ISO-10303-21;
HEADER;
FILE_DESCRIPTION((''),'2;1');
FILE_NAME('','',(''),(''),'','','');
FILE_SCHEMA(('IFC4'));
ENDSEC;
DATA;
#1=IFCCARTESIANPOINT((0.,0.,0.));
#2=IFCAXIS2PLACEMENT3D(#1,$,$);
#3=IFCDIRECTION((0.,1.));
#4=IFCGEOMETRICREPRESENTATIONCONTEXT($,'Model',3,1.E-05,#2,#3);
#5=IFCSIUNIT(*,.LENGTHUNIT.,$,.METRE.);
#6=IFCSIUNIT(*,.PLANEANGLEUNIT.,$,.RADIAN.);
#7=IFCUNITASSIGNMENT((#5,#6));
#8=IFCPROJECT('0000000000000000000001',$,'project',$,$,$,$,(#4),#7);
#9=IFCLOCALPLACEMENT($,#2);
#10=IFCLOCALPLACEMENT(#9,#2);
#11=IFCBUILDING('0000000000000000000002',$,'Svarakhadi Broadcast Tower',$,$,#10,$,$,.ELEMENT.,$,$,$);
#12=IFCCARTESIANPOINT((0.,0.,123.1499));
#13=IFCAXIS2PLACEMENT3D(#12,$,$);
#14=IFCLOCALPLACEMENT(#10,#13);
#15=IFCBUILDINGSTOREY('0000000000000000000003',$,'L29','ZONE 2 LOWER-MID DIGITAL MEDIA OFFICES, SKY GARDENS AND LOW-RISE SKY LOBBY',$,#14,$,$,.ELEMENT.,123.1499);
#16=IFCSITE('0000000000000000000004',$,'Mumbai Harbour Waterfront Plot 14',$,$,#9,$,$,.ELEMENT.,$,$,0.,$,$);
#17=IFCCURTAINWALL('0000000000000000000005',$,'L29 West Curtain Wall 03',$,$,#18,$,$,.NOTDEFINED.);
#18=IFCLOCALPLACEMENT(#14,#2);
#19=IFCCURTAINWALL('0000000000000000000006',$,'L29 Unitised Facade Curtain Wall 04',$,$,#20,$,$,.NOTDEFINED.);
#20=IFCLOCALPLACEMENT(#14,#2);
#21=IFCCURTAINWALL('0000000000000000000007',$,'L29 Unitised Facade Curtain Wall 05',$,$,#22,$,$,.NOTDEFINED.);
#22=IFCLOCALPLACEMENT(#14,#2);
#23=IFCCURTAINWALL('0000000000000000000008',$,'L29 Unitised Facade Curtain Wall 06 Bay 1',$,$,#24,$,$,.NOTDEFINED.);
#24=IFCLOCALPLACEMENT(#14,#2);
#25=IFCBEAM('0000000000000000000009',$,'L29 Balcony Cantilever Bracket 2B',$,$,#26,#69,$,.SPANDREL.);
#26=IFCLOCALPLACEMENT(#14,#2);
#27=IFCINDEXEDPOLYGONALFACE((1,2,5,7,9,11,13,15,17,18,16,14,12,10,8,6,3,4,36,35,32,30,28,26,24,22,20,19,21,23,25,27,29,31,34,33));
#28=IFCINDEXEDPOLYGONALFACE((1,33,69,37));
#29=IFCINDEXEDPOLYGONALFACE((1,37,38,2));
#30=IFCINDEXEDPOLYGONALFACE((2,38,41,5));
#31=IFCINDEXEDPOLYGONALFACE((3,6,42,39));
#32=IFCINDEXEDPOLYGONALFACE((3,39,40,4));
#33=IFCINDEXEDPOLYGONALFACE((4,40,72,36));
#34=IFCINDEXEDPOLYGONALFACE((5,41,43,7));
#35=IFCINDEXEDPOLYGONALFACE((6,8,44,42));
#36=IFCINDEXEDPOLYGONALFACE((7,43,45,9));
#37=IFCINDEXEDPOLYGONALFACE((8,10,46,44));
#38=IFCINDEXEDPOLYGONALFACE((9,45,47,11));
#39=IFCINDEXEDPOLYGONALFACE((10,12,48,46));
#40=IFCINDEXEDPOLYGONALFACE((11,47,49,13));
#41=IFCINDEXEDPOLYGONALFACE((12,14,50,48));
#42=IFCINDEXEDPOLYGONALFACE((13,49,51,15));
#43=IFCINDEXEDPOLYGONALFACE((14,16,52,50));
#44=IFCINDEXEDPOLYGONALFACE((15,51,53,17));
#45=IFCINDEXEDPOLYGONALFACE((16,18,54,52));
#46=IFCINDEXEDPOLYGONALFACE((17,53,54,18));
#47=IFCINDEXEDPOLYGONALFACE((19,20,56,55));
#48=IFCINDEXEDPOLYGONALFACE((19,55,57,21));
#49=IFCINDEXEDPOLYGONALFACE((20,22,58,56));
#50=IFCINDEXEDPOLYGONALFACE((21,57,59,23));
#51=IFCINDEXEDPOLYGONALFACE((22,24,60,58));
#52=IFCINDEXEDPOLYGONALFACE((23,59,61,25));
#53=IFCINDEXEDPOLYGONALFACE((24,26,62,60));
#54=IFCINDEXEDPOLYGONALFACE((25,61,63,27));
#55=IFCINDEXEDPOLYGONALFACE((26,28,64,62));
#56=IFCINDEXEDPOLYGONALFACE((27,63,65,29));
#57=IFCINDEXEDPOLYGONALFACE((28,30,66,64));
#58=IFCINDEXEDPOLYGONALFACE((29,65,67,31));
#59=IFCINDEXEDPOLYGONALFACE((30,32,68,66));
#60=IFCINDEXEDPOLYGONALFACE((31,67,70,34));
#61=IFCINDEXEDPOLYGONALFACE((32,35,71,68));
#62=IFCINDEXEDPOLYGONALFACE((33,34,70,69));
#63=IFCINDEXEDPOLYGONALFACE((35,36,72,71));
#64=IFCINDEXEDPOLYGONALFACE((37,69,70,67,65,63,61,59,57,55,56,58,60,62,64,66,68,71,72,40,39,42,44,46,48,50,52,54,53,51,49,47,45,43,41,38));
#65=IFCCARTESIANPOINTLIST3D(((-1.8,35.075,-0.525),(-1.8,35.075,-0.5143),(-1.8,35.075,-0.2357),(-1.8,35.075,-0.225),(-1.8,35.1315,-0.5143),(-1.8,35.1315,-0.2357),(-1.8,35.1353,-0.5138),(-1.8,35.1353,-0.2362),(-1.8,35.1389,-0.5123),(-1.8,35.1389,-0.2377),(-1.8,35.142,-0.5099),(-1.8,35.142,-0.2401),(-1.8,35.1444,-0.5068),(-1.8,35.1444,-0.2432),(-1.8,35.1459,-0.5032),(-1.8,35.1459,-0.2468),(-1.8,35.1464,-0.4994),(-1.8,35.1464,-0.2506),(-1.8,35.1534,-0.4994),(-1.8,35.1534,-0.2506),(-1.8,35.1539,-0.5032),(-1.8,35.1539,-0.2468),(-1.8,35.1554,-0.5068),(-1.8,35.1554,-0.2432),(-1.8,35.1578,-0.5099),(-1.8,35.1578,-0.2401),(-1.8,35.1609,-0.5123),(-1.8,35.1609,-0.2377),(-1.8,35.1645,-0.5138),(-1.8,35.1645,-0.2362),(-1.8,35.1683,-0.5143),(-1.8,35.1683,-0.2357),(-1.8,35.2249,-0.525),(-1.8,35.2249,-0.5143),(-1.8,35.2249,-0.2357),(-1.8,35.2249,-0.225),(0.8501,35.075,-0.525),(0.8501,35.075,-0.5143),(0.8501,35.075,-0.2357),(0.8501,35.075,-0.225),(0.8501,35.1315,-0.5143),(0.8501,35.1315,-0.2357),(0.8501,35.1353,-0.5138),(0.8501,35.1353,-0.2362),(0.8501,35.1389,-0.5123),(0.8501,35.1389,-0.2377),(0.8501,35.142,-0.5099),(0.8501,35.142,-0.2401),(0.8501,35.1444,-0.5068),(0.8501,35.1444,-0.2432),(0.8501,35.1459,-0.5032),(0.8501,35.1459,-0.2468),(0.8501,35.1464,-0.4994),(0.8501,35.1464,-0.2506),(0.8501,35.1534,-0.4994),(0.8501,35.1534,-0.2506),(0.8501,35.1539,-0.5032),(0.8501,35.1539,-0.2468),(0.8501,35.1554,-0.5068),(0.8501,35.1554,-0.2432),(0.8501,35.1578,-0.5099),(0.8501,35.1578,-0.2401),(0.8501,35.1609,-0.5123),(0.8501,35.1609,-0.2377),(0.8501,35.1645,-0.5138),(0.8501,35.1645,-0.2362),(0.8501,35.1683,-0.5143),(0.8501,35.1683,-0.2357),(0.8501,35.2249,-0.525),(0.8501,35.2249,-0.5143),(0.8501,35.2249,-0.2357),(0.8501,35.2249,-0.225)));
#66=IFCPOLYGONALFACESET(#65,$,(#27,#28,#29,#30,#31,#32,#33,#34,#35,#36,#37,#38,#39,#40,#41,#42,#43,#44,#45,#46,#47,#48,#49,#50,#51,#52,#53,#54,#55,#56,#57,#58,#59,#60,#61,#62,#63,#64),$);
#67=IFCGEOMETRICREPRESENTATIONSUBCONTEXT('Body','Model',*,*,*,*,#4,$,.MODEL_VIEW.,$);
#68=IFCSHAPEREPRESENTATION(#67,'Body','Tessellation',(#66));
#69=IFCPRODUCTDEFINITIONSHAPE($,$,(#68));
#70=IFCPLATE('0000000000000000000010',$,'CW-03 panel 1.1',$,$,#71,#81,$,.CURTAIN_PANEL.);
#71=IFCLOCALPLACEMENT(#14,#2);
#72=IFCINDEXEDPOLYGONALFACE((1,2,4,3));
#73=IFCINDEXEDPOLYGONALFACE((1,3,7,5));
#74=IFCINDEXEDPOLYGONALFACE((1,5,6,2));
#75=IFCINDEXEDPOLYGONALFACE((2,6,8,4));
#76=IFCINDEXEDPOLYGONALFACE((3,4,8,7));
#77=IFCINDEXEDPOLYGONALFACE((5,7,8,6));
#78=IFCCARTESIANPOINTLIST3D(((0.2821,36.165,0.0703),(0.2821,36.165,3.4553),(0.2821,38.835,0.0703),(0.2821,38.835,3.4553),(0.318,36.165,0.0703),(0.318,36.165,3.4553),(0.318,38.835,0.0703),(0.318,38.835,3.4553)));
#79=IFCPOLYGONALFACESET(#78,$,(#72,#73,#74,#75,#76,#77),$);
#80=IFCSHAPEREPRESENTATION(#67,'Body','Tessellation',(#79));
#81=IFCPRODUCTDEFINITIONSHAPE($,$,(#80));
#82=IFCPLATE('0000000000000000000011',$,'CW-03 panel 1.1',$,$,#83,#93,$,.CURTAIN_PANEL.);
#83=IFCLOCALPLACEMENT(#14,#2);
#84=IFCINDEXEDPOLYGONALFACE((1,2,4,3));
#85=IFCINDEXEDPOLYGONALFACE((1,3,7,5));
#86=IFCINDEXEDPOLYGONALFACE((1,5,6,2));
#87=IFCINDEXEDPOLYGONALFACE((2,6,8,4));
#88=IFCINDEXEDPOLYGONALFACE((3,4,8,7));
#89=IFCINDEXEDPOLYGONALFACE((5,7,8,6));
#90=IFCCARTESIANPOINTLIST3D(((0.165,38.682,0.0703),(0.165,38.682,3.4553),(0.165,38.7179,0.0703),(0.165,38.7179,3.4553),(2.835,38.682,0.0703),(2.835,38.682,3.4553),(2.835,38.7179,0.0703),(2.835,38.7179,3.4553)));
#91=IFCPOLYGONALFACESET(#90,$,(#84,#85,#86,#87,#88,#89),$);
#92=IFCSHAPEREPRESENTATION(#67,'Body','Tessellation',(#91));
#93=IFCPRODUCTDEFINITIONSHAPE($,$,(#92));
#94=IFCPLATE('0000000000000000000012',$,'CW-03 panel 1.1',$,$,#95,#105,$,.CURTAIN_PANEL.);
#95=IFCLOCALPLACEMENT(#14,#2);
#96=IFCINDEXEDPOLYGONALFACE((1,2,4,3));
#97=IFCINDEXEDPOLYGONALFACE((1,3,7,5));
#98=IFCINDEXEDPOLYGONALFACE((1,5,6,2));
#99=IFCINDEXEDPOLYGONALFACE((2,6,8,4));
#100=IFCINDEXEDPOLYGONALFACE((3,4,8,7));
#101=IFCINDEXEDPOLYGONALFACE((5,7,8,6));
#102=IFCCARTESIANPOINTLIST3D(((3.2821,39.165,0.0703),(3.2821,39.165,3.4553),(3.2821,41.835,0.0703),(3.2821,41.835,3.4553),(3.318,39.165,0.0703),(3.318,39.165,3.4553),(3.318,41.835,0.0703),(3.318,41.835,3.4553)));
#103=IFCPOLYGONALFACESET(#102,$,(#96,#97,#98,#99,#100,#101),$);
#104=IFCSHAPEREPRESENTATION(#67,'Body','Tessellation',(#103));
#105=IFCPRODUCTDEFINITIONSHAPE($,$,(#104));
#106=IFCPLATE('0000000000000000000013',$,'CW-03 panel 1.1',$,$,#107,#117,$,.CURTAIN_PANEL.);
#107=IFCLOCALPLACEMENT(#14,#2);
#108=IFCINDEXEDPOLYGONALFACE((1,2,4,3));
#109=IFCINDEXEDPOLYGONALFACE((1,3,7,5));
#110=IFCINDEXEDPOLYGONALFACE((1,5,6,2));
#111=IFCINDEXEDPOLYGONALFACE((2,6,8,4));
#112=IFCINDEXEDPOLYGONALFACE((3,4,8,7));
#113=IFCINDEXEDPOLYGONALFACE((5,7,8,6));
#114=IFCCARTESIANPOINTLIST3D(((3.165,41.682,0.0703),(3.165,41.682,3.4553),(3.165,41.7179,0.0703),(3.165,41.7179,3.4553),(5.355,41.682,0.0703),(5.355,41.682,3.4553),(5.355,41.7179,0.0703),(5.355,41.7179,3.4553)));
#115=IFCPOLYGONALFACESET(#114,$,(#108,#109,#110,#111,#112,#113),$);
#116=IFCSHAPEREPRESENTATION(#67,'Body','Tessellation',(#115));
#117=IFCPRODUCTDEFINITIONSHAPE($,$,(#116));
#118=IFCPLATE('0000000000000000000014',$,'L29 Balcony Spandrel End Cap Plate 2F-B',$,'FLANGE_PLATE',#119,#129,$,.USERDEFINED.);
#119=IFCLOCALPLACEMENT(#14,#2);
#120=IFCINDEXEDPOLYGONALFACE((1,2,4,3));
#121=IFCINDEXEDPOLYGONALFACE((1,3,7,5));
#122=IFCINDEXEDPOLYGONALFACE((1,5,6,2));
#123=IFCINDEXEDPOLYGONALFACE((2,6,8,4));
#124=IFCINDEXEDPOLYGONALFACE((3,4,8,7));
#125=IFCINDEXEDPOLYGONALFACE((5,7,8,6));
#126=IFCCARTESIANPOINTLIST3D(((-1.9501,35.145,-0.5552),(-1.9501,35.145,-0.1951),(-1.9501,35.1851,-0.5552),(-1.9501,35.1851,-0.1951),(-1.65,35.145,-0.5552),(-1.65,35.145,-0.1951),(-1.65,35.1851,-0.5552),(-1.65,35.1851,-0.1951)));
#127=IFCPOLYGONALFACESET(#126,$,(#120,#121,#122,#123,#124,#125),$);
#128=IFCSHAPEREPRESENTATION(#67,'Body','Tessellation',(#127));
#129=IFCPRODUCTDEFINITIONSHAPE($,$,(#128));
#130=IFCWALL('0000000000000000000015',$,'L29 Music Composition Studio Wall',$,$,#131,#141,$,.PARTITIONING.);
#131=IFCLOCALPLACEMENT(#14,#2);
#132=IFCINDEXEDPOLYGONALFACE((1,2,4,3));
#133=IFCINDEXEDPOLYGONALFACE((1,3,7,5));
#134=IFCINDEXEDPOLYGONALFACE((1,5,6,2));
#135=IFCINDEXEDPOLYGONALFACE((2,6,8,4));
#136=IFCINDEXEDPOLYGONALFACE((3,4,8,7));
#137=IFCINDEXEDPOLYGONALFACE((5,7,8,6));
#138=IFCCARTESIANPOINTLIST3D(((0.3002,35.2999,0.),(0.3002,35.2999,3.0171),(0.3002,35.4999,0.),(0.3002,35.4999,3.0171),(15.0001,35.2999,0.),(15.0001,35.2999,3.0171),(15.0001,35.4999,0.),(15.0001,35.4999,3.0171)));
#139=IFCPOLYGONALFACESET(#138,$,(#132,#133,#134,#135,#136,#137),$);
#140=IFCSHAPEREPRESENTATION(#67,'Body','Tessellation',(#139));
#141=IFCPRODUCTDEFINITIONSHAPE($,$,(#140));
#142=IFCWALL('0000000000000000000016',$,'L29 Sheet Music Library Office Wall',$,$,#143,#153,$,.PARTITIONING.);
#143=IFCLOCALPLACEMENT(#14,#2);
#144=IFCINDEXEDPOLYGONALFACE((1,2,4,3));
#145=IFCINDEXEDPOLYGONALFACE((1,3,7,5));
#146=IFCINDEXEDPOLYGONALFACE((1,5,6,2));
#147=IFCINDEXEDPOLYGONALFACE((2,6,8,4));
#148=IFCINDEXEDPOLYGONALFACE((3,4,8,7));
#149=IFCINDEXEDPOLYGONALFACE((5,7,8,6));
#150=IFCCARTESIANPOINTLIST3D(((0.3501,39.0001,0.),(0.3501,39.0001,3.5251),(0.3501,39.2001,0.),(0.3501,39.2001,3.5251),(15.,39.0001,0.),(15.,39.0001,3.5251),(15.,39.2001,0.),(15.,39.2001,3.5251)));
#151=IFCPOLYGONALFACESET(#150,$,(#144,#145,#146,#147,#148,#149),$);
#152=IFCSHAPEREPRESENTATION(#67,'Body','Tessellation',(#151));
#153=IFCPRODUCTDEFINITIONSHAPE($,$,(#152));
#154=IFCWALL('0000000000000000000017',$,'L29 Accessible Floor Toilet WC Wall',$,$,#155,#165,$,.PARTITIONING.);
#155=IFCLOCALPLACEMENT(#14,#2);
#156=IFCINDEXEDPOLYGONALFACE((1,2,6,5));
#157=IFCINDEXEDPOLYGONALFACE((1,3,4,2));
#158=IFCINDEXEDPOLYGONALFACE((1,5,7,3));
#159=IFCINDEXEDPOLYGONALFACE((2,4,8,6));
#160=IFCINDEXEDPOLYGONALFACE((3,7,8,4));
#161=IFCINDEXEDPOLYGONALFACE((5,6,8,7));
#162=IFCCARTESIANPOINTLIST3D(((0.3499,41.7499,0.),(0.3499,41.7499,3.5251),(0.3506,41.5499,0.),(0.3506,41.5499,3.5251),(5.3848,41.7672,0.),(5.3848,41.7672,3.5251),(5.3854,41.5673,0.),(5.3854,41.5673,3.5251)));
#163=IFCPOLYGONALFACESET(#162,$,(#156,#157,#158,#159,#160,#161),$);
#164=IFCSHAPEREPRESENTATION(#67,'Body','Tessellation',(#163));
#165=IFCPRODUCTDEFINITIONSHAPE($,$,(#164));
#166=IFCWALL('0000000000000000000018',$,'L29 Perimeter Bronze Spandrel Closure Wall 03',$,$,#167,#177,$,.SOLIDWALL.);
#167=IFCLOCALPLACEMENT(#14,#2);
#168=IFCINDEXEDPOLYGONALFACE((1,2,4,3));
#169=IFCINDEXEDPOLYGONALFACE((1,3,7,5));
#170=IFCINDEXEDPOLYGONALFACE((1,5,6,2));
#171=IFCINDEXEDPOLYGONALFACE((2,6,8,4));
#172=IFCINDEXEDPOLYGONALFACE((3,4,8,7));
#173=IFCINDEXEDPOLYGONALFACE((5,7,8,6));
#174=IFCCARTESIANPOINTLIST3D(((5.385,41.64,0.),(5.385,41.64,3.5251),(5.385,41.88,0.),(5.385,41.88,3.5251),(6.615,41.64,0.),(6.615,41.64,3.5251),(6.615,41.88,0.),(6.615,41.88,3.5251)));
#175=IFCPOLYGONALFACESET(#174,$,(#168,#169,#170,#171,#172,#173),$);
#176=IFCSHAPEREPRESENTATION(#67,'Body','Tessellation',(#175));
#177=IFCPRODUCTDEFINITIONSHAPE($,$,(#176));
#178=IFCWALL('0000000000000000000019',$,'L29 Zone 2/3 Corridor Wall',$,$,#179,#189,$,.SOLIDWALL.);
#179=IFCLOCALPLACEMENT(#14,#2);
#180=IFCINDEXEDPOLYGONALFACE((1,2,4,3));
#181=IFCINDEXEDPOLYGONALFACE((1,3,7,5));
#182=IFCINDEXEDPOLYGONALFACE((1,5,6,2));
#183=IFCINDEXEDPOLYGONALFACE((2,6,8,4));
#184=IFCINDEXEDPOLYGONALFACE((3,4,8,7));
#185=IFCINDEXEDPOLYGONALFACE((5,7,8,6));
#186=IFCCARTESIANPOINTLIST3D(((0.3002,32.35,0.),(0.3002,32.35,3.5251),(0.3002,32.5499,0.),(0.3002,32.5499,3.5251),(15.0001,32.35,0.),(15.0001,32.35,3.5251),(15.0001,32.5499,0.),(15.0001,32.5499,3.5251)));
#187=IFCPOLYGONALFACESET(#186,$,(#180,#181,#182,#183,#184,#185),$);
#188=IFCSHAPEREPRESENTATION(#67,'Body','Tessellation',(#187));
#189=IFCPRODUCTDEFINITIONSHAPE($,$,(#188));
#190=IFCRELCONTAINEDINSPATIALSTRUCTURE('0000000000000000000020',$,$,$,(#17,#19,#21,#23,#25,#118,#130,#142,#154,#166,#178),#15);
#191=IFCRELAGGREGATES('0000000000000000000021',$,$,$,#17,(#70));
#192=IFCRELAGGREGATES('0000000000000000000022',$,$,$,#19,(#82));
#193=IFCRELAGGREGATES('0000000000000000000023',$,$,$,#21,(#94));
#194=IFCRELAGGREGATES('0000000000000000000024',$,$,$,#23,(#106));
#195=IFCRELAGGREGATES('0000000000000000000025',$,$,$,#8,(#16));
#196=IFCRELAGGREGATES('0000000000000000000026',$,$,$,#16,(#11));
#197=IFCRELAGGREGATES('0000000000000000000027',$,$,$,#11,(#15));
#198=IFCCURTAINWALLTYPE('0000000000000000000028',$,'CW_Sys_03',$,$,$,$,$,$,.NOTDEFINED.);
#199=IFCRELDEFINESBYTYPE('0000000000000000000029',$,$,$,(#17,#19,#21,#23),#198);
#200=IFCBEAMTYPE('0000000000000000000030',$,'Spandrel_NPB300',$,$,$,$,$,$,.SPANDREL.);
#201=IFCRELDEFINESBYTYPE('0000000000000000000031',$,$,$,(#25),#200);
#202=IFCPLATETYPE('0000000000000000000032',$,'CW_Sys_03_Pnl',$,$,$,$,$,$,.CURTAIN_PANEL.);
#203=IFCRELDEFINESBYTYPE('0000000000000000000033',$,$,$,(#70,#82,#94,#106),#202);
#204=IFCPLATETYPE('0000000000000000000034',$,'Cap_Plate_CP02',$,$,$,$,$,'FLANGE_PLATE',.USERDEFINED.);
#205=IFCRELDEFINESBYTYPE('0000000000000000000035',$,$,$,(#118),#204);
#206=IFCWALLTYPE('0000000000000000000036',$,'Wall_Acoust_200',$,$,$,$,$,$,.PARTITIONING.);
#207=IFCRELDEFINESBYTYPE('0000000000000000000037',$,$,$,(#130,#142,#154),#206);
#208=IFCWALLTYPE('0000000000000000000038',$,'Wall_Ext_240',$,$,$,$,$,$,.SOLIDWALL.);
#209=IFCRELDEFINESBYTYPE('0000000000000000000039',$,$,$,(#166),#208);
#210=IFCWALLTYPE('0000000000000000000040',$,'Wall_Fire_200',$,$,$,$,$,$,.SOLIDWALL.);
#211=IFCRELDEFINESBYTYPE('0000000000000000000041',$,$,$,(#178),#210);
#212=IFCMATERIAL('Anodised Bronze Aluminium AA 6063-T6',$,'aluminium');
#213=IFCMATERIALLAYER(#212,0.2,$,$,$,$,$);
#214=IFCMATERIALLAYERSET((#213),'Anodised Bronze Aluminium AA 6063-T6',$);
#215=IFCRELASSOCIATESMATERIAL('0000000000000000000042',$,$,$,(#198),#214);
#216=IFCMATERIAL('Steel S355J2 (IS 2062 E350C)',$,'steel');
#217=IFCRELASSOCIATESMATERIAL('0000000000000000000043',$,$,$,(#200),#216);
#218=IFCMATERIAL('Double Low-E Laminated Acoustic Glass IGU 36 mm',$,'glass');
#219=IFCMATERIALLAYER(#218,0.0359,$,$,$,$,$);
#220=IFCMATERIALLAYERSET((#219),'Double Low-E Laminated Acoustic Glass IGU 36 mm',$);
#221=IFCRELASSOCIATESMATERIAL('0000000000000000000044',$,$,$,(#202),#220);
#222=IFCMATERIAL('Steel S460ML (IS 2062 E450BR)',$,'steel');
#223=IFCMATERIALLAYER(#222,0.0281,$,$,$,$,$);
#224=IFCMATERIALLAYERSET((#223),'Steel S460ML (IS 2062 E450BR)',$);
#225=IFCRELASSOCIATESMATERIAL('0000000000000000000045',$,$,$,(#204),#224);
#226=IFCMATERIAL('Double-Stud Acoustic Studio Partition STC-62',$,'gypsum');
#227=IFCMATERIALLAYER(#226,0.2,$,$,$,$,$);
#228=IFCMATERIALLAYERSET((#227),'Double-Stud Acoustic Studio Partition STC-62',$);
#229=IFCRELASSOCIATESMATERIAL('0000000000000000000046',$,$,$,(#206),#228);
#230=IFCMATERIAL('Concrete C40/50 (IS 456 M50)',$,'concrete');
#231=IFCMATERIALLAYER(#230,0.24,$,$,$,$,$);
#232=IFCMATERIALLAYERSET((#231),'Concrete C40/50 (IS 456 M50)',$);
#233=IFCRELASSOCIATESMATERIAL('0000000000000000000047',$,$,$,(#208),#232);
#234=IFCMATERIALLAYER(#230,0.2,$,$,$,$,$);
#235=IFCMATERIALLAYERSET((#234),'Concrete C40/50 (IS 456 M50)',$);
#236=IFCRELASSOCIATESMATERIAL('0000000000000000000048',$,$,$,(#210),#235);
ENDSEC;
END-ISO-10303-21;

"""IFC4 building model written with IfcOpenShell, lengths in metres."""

from ifc_helpers import new_model, si_unit, direction, frame, frame_2d, origin, origin_2d, place, context, subcontext, project, spatial, rectangle, i_section, extrude, material, layer, layer_set, material_profile, profile_set, type_object, element, aggregate, save


model = new_model("IFC4")

# Units and contexts
model_context = context("Model", 3, precision=1e-05, world=origin(), true_north=direction((0.0, 1.0)))
body_context = subcontext(model_context, "Body", "Model", "MODEL_VIEW")
ifc_project = project(units=[si_unit("LENGTHUNIT", "METRE"), si_unit("PLANEANGLEUNIT", "RADIAN")], contexts=[model_context])

# Site, building, storey
site_placement = place(None, origin())
site = spatial("IfcSite", under=ifc_project, at=site_placement, Name="Mumbai Harbour Waterfront Plot 14", CompositionType="ELEMENT", RefElevation=0.0)
building_placement = place(site_placement, origin())
building = spatial("IfcBuilding", under=site, at=building_placement, Name="Svarakhadi Broadcast Tower", CompositionType="ELEMENT")
storey_placement = place(building_placement, frame((0.0, 0.0, 123.1499)))
storey = spatial("IfcBuildingStorey", under=building, at=storey_placement, Name="L29", Description="ZONE 2 LOWER-MID DIGITAL MEDIA OFFICES, SKY GARDENS AND LOW-RISE SKY LOBBY", CompositionType="ELEMENT", Elevation=123.1499)

# Curtain walls
ifc_material_1 = material(Name="Anodised Bronze Aluminium AA 6063-T6", Category="aluminium")
ifc_layer_1 = layer(ifc_material_1, 0.2)
ifc_layer_set_1 = layer_set([ifc_layer_1], Name="Anodised Bronze Aluminium AA 6063-T6")
curtain_wall_type = type_object("IfcCurtainWallType", Name="CW_Sys_03", PredefinedType="NOTDEFINED", material=ifc_layer_set_1)
curtain_wall_1_placement = place(storey_placement, origin())
curtain_wall_1 = element("IfcCurtainWall", 1, at=curtain_wall_1_placement, inside=storey, type_object=curtain_wall_type, Name="L29 West Curtain Wall 03", PredefinedType="NOTDEFINED")
curtain_wall_2_placement = place(storey_placement, origin())
curtain_wall_2 = element("IfcCurtainWall", 2, at=curtain_wall_2_placement, inside=storey, type_object=curtain_wall_type, Name="L29 Unitised Facade Curtain Wall 04", PredefinedType="NOTDEFINED")
curtain_wall_3_placement = place(storey_placement, origin())
curtain_wall_3 = element("IfcCurtainWall", 3, at=curtain_wall_3_placement, inside=storey, type_object=curtain_wall_type, Name="L29 Unitised Facade Curtain Wall 05", PredefinedType="NOTDEFINED")
curtain_wall_4_placement = place(storey_placement, origin())
curtain_wall_4 = element("IfcCurtainWall", 4, at=curtain_wall_4_placement, inside=storey, type_object=curtain_wall_type, Name="L29 Unitised Facade Curtain Wall 06 Bay 1", PredefinedType="NOTDEFINED")

# Beam
ifc_material_2 = material(Name="Steel S355J2 (IS 2062 E350C)", Category="steel")
ifc_material_profile_1 = material_profile(ifc_material_2, i_section(OverallWidth=0.1499, OverallDepth=0.3, WebThickness=0.0071, FlangeThickness=0.0107, FilletRadius=0.0149, at=origin_2d()), Name="NPB 300x150x37")
ifc_profile_set_1 = profile_set([ifc_material_profile_1], Name="Steel S355J2 (IS 2062 E350C)")
beam_type_1 = type_object("IfcBeamType", Name="Spandrel_NPB300", PredefinedType="SPANDREL", material=ifc_profile_set_1)
beam_1_placement = place(storey_placement, frame((0.8501, 35.1499, -0.375), z_axis=(-1.0, 0.0, 0.0), x_axis=(0.0, -1.0, 0.0)))
element("IfcBeam", 5, at=beam_1_placement, inside=storey, type_object=beam_type_1, Name="L29 Balcony Cantilever Bracket 2B", PredefinedType="SPANDREL", context=body_context, shape_type="SweptSolid", body=[
    extrude(i_section(OverallWidth=0.1499, OverallDepth=0.3, WebThickness=0.0071, FlangeThickness=0.0107, FilletRadius=0.0149, at=origin_2d()), origin(), (0.0, 0.0, 1.0), 2.6501),
])

# Plates
ifc_material_3 = material(Name="Double Low-E Laminated Acoustic Glass IGU 36 mm", Category="glass")
ifc_layer_2 = layer(ifc_material_3, 0.0359)
ifc_layer_set_2 = layer_set([ifc_layer_2], Name="Double Low-E Laminated Acoustic Glass IGU 36 mm")
plate_type_1 = type_object("IfcPlateType", Name="CW_Sys_03_Pnl", PredefinedType="CURTAIN_PANEL", material=ifc_layer_set_2)
plate_1_placement = place(storey_placement, frame((0.3, 37.5, 0.0703), z_axis=(0.0, 0.0, 1.0), x_axis=(0.0, 1.0, 0.0)))
plate_1 = element("IfcPlate", 6, at=plate_1_placement, type_object=plate_type_1, Name="CW-03 panel 1.1", PredefinedType="CURTAIN_PANEL", context=body_context, shape_type="SweptSolid", body=[
    extrude(rectangle(XDim=2.6699, YDim=0.0359, at=origin_2d()), origin(), (0.0, 0.0, 1.0), 3.385),
])
aggregate(curtain_wall_1, [plate_1])
plate_2_placement = place(storey_placement, frame((1.5, 38.7, 0.0703), z_axis=(0.0, 0.0, 1.0), x_axis=(1.0, 0.0, 0.0)))
plate_2 = element("IfcPlate", 7, at=plate_2_placement, type_object=plate_type_1, Name="CW-03 panel 1.1", PredefinedType="CURTAIN_PANEL", context=body_context, shape_type="SweptSolid", body=[
    extrude(rectangle(XDim=2.6699, YDim=0.0359, at=origin_2d()), origin(), (0.0, 0.0, 1.0), 3.385),
])
aggregate(curtain_wall_2, [plate_2])
plate_3_placement = place(storey_placement, frame((3.3, 40.5, 0.0703), z_axis=(0.0, 0.0, 1.0), x_axis=(0.0, 1.0, 0.0)))
plate_3 = element("IfcPlate", 8, at=plate_3_placement, type_object=plate_type_1, Name="CW-03 panel 1.1", PredefinedType="CURTAIN_PANEL", context=body_context, shape_type="SweptSolid", body=[
    extrude(rectangle(XDim=2.6699, YDim=0.0359, at=origin_2d()), origin(), (0.0, 0.0, 1.0), 3.385),
])
aggregate(curtain_wall_3, [plate_3])
plate_4_placement = place(storey_placement, frame((4.26, 41.7, 0.0703), z_axis=(0.0, 0.0, 1.0), x_axis=(1.0, 0.0, 0.0)))
plate_4 = element("IfcPlate", 9, at=plate_4_placement, type_object=plate_type_1, Name="CW-03 panel 1.1", PredefinedType="CURTAIN_PANEL", context=body_context, shape_type="SweptSolid", body=[
    extrude(rectangle(XDim=2.1899, YDim=0.0359, at=origin_2d()), origin(), (0.0, 0.0, 1.0), 3.385),
])
aggregate(curtain_wall_4, [plate_4])
ifc_material_4 = material(Name="Steel S460ML (IS 2062 E450BR)", Category="steel")
ifc_layer_3 = layer(ifc_material_4, 0.0281)
ifc_layer_set_3 = layer_set([ifc_layer_3], Name="Steel S460ML (IS 2062 E450BR)")
plate_type_2 = type_object("IfcPlateType", Name="Cap_Plate_CP02", ElementType="FLANGE_PLATE", PredefinedType="USERDEFINED", material=ifc_layer_set_3)
plate_5_placement = place(storey_placement, frame((-1.8, 35.165, -0.5552), z_axis=(0.0, 0.0, 1.0), x_axis=(1.0, 0.0, 0.0)))
element("IfcPlate", 10, at=plate_5_placement, inside=storey, type_object=plate_type_2, Name="L29 Balcony Spandrel End Cap Plate 2F-B", ObjectType="FLANGE_PLATE", PredefinedType="USERDEFINED", context=body_context, shape_type="SweptSolid", body=[
    extrude(rectangle(XDim=0.3, YDim=0.04, at=origin_2d()), origin(), (0.0, 0.0, 1.0), 0.3601),
])

# Walls
ifc_material_5 = material(Name="Double-Stud Acoustic Studio Partition STC-62", Category="gypsum")
ifc_layer_4 = layer(ifc_material_5, 0.2)
ifc_layer_set_4 = layer_set([ifc_layer_4], Name="Double-Stud Acoustic Studio Partition STC-62")
wall_type_1 = type_object("IfcWallType", Name="Wall_Acoust_200", PredefinedType="PARTITIONING", material=ifc_layer_set_4)
wall_1_placement = place(storey_placement, frame((0.3, 35.3999, 0.0), z_axis=(0.0, 0.0, 1.0), x_axis=(1.0, 0.0, 0.0)))
element("IfcWall", 11, at=wall_1_placement, inside=storey, type_object=wall_type_1, Name="L29 Music Composition Studio Wall", PredefinedType="PARTITIONING", context=body_context, shape_type="SweptSolid", body=[
    extrude(rectangle(XDim=14.7, YDim=0.2, at=frame_2d((7.3501, 0.0))), origin(), (0.0, 0.0, 1.0), 3.0171),
])
wall_2_placement = place(storey_placement, frame((0.3501, 39.1001, 0.0), z_axis=(0.0, 0.0, 1.0), x_axis=(1.0, 0.0, 0.0)))
element("IfcWall", 12, at=wall_2_placement, inside=storey, type_object=wall_type_1, Name="L29 Sheet Music Library Office Wall", PredefinedType="PARTITIONING", context=body_context, shape_type="SweptSolid", body=[
    extrude(rectangle(XDim=14.6499, YDim=0.2, at=frame_2d((7.325, 0.0))), origin(), (0.0, 0.0, 1.0), 3.5251),
])
wall_3_placement = place(storey_placement, frame((0.3501, 41.6499, 0.0), z_axis=(0.0, 0.0, 1.0), x_axis=(0.999994, 0.003443, 0.0)))
element("IfcWall", 13, at=wall_3_placement, inside=storey, type_object=wall_type_1, Name="L29 Accessible Floor Toilet WC Wall", PredefinedType="PARTITIONING", context=body_context, shape_type="SweptSolid", body=[
    extrude(rectangle(XDim=5.0349, YDim=0.2, at=frame_2d((2.5176, 0.0))), origin(), (0.0, 0.0, 1.0), 3.5251),
])
ifc_material_6 = material(Name="Concrete C40/50 (IS 456 M50)", Category="concrete")
ifc_layer_5 = layer(ifc_material_6, 0.24)
ifc_layer_set_5 = layer_set([ifc_layer_5], Name="Concrete C40/50 (IS 456 M50)")
wall_type_2 = type_object("IfcWallType", Name="Wall_Ext_240", PredefinedType="SOLIDWALL", material=ifc_layer_set_5)
wall_4_placement = place(storey_placement, frame((5.385, 41.76, 0.0), z_axis=(0.0, 0.0, 1.0), x_axis=(1.0, 0.0, 0.0)))
element("IfcWall", 14, at=wall_4_placement, inside=storey, type_object=wall_type_2, Name="L29 Perimeter Bronze Spandrel Closure Wall 03", PredefinedType="SOLIDWALL", context=body_context, shape_type="SweptSolid", body=[
    extrude(rectangle(XDim=1.23, YDim=0.24, at=frame_2d((0.615, 0.0))), origin(), (0.0, 0.0, 1.0), 3.5251),
])
ifc_layer_6 = layer(ifc_material_6, 0.2)
ifc_layer_set_6 = layer_set([ifc_layer_6], Name="Concrete C40/50 (IS 456 M50)")
wall_type_3 = type_object("IfcWallType", Name="Wall_Fire_200", PredefinedType="SOLIDWALL", material=ifc_layer_set_6)
wall_5_placement = place(storey_placement, frame((0.3, 32.45, 0.0), z_axis=(0.0, 0.0, 1.0), x_axis=(1.0, 0.0, 0.0)))
element("IfcWall", 15, at=wall_5_placement, inside=storey, type_object=wall_type_3, Name="L29 Zone 2/3 Corridor Wall", PredefinedType="SOLIDWALL", context=body_context, shape_type="SweptSolid", body=[
    extrude(rectangle(XDim=14.7, YDim=0.2, at=frame_2d((7.3501, 0.0))), origin(), (0.0, 0.0, 1.0), 3.5251),
])

save(model, "model.ifc")
